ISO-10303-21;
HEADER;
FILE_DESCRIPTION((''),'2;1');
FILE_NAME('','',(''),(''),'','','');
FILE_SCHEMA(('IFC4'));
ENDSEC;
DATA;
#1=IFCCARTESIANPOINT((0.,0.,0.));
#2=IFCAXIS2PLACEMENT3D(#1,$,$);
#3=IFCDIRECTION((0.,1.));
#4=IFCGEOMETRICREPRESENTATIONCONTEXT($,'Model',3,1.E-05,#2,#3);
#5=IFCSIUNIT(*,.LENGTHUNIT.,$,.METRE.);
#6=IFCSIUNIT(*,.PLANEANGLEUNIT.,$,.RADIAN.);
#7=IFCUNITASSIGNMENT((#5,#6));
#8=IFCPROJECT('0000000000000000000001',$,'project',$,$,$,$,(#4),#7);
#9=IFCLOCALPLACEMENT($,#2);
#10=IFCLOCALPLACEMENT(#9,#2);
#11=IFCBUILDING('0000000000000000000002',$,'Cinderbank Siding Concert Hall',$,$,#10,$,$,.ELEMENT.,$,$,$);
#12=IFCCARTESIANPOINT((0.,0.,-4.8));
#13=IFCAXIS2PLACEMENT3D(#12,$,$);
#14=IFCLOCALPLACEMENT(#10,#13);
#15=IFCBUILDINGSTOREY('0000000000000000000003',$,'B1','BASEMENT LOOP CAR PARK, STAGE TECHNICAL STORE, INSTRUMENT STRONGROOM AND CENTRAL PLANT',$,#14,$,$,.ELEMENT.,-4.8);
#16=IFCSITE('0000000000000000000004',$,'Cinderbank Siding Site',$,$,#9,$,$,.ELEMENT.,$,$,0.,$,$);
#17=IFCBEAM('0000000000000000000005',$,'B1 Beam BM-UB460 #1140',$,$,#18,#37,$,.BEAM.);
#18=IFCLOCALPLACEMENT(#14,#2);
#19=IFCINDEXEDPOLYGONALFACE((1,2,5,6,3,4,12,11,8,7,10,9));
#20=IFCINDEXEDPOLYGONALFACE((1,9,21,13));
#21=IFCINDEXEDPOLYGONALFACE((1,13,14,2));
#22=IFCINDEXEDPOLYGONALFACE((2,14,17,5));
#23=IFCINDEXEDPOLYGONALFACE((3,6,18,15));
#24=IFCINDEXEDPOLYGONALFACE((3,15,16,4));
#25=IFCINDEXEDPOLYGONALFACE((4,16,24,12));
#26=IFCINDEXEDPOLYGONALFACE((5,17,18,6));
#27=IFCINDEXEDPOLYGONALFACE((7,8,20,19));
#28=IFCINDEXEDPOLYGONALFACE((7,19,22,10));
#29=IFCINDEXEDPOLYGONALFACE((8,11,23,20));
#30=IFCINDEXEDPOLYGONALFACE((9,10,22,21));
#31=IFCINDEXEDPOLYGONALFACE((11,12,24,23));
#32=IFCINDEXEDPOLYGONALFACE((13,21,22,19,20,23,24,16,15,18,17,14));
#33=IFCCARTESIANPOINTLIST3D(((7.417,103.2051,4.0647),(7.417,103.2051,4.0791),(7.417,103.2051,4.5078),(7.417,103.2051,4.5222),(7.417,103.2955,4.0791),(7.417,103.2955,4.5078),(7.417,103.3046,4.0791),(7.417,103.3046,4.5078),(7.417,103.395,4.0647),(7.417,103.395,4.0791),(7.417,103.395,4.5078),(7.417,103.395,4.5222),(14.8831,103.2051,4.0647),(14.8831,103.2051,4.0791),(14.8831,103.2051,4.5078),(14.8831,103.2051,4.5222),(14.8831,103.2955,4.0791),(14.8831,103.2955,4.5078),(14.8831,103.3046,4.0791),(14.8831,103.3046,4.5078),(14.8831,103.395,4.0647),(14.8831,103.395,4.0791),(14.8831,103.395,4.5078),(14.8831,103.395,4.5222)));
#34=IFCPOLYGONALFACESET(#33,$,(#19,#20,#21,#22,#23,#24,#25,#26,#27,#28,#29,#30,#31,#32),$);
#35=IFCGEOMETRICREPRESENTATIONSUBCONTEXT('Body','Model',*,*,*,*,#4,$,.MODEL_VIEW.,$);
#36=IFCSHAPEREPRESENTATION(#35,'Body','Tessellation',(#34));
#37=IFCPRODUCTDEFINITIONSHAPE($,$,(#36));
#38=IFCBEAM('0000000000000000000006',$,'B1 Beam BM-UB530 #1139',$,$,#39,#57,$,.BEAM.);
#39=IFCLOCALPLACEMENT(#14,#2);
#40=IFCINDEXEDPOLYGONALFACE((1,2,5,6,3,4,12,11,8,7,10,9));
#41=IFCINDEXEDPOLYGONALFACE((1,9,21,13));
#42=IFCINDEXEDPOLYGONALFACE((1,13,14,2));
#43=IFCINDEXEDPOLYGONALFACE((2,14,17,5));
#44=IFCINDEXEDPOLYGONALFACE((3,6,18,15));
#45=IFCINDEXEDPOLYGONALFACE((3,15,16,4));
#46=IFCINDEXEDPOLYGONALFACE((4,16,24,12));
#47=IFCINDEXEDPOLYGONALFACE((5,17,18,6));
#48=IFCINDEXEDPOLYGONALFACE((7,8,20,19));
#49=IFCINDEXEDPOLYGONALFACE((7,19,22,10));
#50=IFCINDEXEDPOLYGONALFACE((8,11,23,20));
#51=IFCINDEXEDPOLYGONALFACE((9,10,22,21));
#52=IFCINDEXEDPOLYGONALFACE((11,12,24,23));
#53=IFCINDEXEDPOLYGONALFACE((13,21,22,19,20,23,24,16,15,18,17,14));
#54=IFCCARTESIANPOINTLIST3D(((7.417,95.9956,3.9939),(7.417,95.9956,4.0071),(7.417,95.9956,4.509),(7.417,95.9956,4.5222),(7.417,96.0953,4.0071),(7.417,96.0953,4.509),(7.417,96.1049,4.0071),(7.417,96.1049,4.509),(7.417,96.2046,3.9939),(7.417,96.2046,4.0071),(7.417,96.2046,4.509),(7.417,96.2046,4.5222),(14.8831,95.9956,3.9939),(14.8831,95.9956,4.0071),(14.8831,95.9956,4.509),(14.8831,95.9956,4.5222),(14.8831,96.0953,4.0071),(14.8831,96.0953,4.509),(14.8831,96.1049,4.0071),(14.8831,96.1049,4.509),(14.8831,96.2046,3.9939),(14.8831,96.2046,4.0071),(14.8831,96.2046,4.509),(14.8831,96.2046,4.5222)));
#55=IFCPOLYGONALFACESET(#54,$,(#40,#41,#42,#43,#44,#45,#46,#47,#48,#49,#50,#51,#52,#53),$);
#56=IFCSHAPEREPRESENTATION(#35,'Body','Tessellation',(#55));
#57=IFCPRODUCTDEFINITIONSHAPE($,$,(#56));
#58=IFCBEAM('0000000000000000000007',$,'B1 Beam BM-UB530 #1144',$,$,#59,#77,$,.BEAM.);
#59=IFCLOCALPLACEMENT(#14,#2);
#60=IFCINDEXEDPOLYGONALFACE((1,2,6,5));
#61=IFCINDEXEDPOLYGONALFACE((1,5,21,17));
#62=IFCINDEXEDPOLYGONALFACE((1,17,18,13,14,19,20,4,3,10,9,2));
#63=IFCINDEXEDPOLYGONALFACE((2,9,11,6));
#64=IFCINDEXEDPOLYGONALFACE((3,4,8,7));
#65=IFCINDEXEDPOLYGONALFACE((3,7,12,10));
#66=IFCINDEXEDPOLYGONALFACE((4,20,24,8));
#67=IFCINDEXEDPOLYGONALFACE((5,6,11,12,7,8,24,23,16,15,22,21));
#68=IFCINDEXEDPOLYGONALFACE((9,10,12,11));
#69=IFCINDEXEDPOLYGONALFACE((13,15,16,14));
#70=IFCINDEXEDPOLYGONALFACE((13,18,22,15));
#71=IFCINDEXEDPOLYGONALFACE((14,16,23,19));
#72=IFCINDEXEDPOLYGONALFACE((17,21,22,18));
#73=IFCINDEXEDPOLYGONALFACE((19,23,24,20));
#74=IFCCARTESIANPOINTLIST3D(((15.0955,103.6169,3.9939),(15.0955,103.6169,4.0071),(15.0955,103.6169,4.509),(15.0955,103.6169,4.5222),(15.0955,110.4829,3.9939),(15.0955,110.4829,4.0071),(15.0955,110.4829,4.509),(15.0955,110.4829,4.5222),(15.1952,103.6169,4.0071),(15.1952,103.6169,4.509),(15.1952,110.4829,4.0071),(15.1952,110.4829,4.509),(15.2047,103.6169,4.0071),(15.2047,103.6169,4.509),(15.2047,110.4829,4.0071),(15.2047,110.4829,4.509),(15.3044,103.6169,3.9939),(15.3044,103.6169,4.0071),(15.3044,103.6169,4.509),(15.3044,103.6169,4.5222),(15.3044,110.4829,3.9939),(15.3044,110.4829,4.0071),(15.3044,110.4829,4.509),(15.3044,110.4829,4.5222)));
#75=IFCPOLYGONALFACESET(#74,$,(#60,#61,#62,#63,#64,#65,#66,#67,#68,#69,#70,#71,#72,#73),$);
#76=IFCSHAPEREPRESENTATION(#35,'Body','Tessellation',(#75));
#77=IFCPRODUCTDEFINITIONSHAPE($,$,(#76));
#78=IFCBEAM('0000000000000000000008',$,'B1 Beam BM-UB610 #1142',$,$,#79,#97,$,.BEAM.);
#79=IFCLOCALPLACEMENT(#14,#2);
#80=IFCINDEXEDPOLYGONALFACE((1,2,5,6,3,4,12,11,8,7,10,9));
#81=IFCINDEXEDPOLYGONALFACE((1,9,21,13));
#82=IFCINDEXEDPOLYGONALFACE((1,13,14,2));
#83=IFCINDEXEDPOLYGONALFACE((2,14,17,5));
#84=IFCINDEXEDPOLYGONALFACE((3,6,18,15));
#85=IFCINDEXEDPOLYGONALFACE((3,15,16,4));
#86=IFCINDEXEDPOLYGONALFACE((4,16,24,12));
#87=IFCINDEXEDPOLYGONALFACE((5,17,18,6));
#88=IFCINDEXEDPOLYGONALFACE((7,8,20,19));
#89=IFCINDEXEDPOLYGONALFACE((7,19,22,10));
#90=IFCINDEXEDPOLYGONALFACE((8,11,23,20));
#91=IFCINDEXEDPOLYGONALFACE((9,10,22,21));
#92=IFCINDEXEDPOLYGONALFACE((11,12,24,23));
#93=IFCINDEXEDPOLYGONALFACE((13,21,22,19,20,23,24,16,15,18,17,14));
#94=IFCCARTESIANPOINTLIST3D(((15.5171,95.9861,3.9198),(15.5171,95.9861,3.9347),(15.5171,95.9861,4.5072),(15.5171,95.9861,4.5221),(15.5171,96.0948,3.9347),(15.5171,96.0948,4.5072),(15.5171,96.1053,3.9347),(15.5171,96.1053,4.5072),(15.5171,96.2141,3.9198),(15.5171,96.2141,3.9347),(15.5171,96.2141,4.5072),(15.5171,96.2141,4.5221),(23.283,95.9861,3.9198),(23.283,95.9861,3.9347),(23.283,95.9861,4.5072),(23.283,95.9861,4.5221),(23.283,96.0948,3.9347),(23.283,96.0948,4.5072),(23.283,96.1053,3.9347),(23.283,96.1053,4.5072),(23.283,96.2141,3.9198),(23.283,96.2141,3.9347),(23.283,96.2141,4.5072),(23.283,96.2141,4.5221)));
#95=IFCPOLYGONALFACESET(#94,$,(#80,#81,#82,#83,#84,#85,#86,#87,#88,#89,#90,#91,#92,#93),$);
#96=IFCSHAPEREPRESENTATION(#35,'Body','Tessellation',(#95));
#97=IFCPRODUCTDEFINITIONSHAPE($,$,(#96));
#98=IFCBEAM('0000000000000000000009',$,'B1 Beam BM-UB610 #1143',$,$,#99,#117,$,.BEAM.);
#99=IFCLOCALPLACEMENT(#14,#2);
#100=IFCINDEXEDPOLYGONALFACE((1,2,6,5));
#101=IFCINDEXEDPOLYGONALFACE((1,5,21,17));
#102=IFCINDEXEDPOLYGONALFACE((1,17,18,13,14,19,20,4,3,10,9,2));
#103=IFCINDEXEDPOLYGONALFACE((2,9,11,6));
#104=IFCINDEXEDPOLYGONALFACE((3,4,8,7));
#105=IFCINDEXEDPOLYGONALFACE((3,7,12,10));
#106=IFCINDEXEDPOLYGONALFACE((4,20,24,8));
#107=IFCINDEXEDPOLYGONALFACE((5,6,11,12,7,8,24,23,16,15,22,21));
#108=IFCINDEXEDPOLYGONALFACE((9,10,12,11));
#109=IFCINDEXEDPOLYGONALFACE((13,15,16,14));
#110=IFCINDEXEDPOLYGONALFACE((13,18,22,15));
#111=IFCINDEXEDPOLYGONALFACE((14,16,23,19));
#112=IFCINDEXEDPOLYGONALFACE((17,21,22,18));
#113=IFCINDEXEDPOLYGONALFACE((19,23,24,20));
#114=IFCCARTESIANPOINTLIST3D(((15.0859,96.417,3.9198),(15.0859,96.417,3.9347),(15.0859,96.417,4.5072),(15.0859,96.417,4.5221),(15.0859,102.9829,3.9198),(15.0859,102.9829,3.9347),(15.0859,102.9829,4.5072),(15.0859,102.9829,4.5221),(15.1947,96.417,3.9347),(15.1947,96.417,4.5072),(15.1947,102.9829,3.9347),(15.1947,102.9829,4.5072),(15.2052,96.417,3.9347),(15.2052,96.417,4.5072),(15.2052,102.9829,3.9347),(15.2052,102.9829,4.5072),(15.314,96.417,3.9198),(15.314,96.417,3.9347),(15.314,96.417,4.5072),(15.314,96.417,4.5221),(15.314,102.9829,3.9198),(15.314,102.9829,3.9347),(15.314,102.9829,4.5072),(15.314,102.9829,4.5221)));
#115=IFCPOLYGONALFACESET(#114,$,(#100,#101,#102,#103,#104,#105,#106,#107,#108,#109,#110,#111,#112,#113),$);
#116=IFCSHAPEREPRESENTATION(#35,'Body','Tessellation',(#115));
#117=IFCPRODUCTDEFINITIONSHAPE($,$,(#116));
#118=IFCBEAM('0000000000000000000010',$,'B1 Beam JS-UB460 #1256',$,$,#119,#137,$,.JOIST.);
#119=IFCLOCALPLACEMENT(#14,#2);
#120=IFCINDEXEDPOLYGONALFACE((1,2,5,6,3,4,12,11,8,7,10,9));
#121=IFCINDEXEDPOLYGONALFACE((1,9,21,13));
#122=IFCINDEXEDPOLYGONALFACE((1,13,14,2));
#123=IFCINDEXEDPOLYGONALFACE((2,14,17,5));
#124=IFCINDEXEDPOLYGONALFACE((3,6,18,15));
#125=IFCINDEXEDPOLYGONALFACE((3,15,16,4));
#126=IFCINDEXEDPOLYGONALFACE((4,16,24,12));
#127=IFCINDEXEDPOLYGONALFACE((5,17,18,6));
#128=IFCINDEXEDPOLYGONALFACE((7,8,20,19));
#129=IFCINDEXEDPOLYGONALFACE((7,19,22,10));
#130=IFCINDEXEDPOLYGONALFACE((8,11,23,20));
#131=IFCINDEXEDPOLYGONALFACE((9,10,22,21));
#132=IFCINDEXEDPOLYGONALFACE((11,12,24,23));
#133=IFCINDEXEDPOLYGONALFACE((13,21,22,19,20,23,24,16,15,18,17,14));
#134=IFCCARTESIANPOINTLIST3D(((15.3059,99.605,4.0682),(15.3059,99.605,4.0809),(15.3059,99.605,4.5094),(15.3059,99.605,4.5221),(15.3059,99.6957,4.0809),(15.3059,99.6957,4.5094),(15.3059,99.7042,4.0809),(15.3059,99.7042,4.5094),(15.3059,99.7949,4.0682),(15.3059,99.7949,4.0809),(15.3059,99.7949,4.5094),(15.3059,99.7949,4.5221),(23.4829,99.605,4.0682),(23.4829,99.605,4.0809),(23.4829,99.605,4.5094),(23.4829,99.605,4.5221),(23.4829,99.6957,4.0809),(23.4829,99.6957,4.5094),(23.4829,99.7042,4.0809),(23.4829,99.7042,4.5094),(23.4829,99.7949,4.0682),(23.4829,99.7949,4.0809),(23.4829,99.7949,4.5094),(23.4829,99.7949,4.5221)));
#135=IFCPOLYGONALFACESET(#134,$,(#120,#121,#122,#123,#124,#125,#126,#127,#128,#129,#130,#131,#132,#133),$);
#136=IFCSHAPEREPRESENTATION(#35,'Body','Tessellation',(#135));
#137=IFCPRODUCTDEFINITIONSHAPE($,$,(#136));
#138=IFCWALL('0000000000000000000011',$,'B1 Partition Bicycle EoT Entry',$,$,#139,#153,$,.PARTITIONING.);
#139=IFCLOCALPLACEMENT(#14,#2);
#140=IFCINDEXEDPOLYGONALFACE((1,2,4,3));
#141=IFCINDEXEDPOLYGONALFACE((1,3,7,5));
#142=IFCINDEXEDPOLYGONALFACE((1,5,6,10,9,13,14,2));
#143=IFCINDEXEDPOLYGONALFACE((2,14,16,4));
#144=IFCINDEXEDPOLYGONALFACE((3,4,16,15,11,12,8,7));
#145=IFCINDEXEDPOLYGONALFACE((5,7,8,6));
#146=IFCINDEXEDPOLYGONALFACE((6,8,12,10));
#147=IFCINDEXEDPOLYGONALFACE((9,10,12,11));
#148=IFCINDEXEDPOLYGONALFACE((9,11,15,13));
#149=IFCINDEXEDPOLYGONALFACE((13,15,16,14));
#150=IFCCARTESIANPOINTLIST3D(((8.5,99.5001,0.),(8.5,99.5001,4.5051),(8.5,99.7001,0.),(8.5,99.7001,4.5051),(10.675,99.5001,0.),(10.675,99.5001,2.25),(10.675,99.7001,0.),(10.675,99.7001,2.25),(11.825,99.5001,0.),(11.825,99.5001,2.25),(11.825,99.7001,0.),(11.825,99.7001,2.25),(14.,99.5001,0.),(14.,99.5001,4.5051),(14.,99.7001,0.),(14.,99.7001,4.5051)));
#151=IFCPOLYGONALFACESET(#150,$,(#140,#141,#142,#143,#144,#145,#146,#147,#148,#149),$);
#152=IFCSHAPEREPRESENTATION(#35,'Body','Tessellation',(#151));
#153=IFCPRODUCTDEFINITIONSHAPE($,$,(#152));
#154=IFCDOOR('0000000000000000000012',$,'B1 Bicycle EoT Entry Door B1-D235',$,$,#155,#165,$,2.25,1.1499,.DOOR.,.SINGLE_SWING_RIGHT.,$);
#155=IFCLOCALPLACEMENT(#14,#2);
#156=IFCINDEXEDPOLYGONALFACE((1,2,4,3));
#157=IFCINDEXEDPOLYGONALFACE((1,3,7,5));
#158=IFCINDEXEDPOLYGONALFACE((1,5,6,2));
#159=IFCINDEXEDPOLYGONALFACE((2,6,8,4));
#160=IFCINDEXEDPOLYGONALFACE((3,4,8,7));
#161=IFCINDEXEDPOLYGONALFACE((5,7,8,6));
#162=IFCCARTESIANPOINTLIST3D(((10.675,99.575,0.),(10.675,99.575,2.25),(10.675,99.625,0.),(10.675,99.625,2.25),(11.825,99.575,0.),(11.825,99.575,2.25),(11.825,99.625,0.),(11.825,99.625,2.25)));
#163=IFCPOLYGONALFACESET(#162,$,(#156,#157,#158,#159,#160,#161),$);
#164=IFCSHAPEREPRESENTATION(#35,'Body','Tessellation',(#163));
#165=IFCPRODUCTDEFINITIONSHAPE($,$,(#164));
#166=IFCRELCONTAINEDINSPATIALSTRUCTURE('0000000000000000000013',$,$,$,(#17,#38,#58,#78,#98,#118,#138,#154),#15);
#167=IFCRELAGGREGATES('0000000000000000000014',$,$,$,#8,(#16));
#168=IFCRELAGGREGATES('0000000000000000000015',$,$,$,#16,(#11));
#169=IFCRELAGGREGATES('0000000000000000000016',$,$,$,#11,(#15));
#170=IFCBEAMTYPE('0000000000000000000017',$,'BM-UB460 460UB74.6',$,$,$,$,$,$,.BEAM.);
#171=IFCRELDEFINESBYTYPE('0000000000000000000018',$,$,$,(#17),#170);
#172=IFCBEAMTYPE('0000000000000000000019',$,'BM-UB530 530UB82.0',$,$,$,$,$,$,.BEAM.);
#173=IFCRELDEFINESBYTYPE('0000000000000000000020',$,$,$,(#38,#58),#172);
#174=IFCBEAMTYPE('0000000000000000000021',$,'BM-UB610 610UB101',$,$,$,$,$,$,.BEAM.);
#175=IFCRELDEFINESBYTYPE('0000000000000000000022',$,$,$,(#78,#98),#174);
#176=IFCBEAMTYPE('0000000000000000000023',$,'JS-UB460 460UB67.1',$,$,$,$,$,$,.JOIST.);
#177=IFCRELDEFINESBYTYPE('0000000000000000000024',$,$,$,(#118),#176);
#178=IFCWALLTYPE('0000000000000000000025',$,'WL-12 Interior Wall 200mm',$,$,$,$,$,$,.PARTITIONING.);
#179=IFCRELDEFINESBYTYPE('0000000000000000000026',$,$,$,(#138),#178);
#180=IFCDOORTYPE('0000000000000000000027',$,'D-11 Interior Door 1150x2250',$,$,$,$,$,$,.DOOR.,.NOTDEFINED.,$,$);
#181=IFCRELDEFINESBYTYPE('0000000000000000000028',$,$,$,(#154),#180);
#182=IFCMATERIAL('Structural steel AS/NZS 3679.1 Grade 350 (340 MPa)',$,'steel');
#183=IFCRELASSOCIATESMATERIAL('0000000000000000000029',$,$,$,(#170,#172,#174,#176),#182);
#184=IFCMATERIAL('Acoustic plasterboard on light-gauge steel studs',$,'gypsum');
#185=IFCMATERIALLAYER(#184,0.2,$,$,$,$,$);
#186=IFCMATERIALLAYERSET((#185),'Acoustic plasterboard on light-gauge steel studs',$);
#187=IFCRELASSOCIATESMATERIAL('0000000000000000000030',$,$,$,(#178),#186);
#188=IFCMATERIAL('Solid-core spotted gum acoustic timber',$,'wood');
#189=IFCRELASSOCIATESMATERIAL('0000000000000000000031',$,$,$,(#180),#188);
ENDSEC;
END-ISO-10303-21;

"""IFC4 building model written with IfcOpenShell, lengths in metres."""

from ifc_helpers import new_model, si_unit, direction, frame, frame_2d, origin, origin_2d, place, context, subcontext, project, spatial, rectangle, i_section, extrude, material, layer, layer_set, material_profile, profile_set, type_object, element, fill, save


model = new_model("IFC4")

# Units and contexts
model_context = context("Model", 3, precision=1e-05, world=origin(), true_north=direction((0.0, 1.0)))
body_context = subcontext(model_context, "Body", "Model", "MODEL_VIEW")
ifc_project = project(units=[si_unit("LENGTHUNIT", "METRE"), si_unit("PLANEANGLEUNIT", "RADIAN")], contexts=[model_context])

# Site, building, storey
site_placement = place(None, origin())
site = spatial("IfcSite", under=ifc_project, at=site_placement, Name="Cinderbank Siding Site", CompositionType="ELEMENT", RefElevation=0.0)
building_placement = place(site_placement, origin())
building = spatial("IfcBuilding", under=site, at=building_placement, Name="Cinderbank Siding Concert Hall", CompositionType="ELEMENT")
storey_placement = place(building_placement, frame((0.0, 0.0, -4.8)))
storey = spatial("IfcBuildingStorey", under=building, at=storey_placement, Name="B1", Description="BASEMENT LOOP CAR PARK, STAGE TECHNICAL STORE, INSTRUMENT STRONGROOM AND CENTRAL PLANT", CompositionType="ELEMENT", Elevation=-4.8)

# Beams
ifc_material_1 = material(Name="Structural steel AS/NZS 3679.1 Grade 350 (340 MPa)", Category="steel")
ifc_material_profile_1 = material_profile(ifc_material_1, i_section(OverallWidth=0.1899, OverallDepth=0.4575, WebThickness=0.009, FlangeThickness=0.0144, at=origin_2d()), Name="460UB74.6", Category="LoadBearing")
ifc_profile_set_1 = profile_set([ifc_material_profile_1], Name="Structural steel AS/NZS 3679.1 Grade 350 (340 MPa)")
beam_type_1 = type_object("IfcBeamType", Name="BM-UB460 460UB74.6", PredefinedType="BEAM", material=ifc_profile_set_1)
beam_1_placement = place(storey_placement, frame((7.417, 103.3, 4.2935), z_axis=(1.0, 0.0, 0.0), x_axis=(0.0, 1.0, 0.0)))
element("IfcBeam", 1, at=beam_1_placement, inside=storey, type_object=beam_type_1, Name="B1 Beam BM-UB460 #1140", PredefinedType="BEAM", context=body_context, shape_type="SweptSolid", body=[
    extrude(i_section(OverallWidth=0.1899, OverallDepth=0.4575, WebThickness=0.009, FlangeThickness=0.0144, at=origin_2d()), origin(), (0.0, 0.0, 1.0), 7.4661),
])
ifc_material_profile_2 = material_profile(ifc_material_1, i_section(OverallWidth=0.209, OverallDepth=0.5283, WebThickness=0.0095, FlangeThickness=0.0132, at=origin_2d()), Name="530UB82.0", Category="LoadBearing")
ifc_profile_set_2 = profile_set([ifc_material_profile_2], Name="Structural steel AS/NZS 3679.1 Grade 350 (340 MPa)")
beam_type_2 = type_object("IfcBeamType", Name="BM-UB530 530UB82.0", PredefinedType="BEAM", material=ifc_profile_set_2)
beam_2_placement = place(storey_placement, frame((7.417, 96.1001, 4.2581), z_axis=(1.0, 0.0, 0.0), x_axis=(0.0, 1.0, 0.0)))
element("IfcBeam", 2, at=beam_2_placement, inside=storey, type_object=beam_type_2, Name="B1 Beam BM-UB530 #1139", PredefinedType="BEAM", context=body_context, shape_type="SweptSolid", body=[
    extrude(i_section(OverallWidth=0.209, OverallDepth=0.5283, WebThickness=0.0095, FlangeThickness=0.0132, at=origin_2d()), origin(), (0.0, 0.0, 1.0), 7.4661),
])
beam_3_placement = place(storey_placement, frame((15.2, 103.6169, 4.2581), z_axis=(0.0, 1.0, 0.0), x_axis=(-1.0, 0.0, 0.0)))
element("IfcBeam", 3, at=beam_3_placement, inside=storey, type_object=beam_type_2, Name="B1 Beam BM-UB530 #1144", PredefinedType="BEAM", context=body_context, shape_type="SweptSolid", body=[
    extrude(i_section(OverallWidth=0.209, OverallDepth=0.5283, WebThickness=0.0095, FlangeThickness=0.0132, at=origin_2d()), origin(), (0.0, 0.0, 1.0), 6.866),
])
ifc_material_profile_3 = material_profile(ifc_material_1, i_section(OverallWidth=0.228, OverallDepth=0.6023, WebThickness=0.0105, FlangeThickness=0.0149, at=origin_2d()), Name="610UB101", Category="LoadBearing")
ifc_profile_set_3 = profile_set([ifc_material_profile_3], Name="Structural steel AS/NZS 3679.1 Grade 350 (340 MPa)")
beam_type_3 = type_object("IfcBeamType", Name="BM-UB610 610UB101", PredefinedType="BEAM", material=ifc_profile_set_3)
beam_4_placement = place(storey_placement, frame((15.5171, 96.1001, 4.2209), z_axis=(1.0, 0.0, 0.0), x_axis=(0.0, 1.0, 0.0)))
element("IfcBeam", 4, at=beam_4_placement, inside=storey, type_object=beam_type_3, Name="B1 Beam BM-UB610 #1142", PredefinedType="BEAM", context=body_context, shape_type="SweptSolid", body=[
    extrude(i_section(OverallWidth=0.228, OverallDepth=0.6023, WebThickness=0.0105, FlangeThickness=0.0149, at=origin_2d()), origin(), (0.0, 0.0, 1.0), 7.7659),
])
beam_5_placement = place(storey_placement, frame((15.2, 96.417, 4.2209), z_axis=(0.0, 1.0, 0.0), x_axis=(-1.0, 0.0, 0.0)))
element("IfcBeam", 5, at=beam_5_placement, inside=storey, type_object=beam_type_3, Name="B1 Beam BM-UB610 #1143", PredefinedType="BEAM", context=body_context, shape_type="SweptSolid", body=[
    extrude(i_section(OverallWidth=0.228, OverallDepth=0.6023, WebThickness=0.0105, FlangeThickness=0.0149, at=origin_2d()), origin(), (0.0, 0.0, 1.0), 6.5659),
])
ifc_material_profile_4 = material_profile(ifc_material_1, i_section(OverallWidth=0.1899, OverallDepth=0.4539, WebThickness=0.0085, FlangeThickness=0.0127, at=origin_2d()), Name="460UB67.1", Category="LoadBearing")
ifc_profile_set_4 = profile_set([ifc_material_profile_4], Name="Structural steel AS/NZS 3679.1 Grade 350 (340 MPa)")
beam_type_4 = type_object("IfcBeamType", Name="JS-UB460 460UB67.1", PredefinedType="JOIST", material=ifc_profile_set_4)
beam_6_placement = place(storey_placement, frame((15.3059, 99.7, 4.2952), z_axis=(1.0, 0.0, 0.0), x_axis=(0.0, 1.0, 0.0)))
element("IfcBeam", 6, at=beam_6_placement, inside=storey, type_object=beam_type_4, Name="B1 Beam JS-UB460 #1256", PredefinedType="JOIST", context=body_context, shape_type="SweptSolid", body=[
    extrude(i_section(OverallWidth=0.1899, OverallDepth=0.4539, WebThickness=0.0085, FlangeThickness=0.0127, at=origin_2d()), origin(), (0.0, 0.0, 1.0), 8.177),
])

# Wall, opening, door
ifc_material_2 = material(Name="Acoustic plasterboard on light-gauge steel studs", Category="gypsum")
ifc_layer_1 = layer(ifc_material_2, 0.2)
ifc_layer_set_1 = layer_set([ifc_layer_1], Name="Acoustic plasterboard on light-gauge steel studs")
wall_type = type_object("IfcWallType", Name="WL-12 Interior Wall 200mm", PredefinedType="PARTITIONING", material=ifc_layer_set_1)
wall_placement = place(storey_placement, frame((8.5, 99.6001, 0.0), z_axis=(0.0, 0.0, 1.0), x_axis=(1.0, 0.0, 0.0)))
wall = element("IfcWall", 7, at=wall_placement, inside=storey, type_object=wall_type, Name="B1 Partition Bicycle EoT Entry", PredefinedType="PARTITIONING", context=body_context, shape_type="SweptSolid", body=[
    extrude(rectangle(XDim=5.5, YDim=0.2, at=frame_2d((2.75, 0.0))), origin(), (0.0, 0.0, 1.0), 4.5051),
])
opening_placement = place(wall_placement, frame((2.175, 0.0, 0.0)))
opening = element("IfcOpeningElement", 8, at=opening_placement, cuts=wall, PredefinedType="OPENING", context=body_context, shape_type="SweptSolid", body=[
    extrude(rectangle(XDim=1.1499, YDim=2.25, at=frame_2d((0.575, 1.125))), frame((0.0, 0.1118, 0.0), z_axis=(0.0, -1.0, 0.0), x_axis=(1.0, 0.0, 0.0)), (0.0, 0.0, 1.0), 0.2239),
])
ifc_material_3 = material(Name="Solid-core spotted gum acoustic timber", Category="wood")
door_type = type_object("IfcDoorType", Name="D-11 Interior Door 1150x2250", OperationType="NOTDEFINED", PredefinedType="DOOR", material=ifc_material_3)
door_placement = place(opening_placement, origin())
door = element("IfcDoor", 9, at=door_placement, inside=storey, type_object=door_type, Name="B1 Bicycle EoT Entry Door B1-D235", OperationType="SINGLE_SWING_RIGHT", OverallHeight=2.25, OverallWidth=1.1499, PredefinedType="DOOR", context=body_context, shape_type="SweptSolid", body=[
    extrude(rectangle(XDim=1.1499, YDim=2.25, at=frame_2d((0.575, 1.125))), frame((0.0, 0.0249, 0.0), z_axis=(0.0, -1.0, 0.0), x_axis=(1.0, 0.0, 0.0)), (0.0, 0.0, 1.0), 0.05),
])
fill(opening, door)

save(model, "model.ifc")
